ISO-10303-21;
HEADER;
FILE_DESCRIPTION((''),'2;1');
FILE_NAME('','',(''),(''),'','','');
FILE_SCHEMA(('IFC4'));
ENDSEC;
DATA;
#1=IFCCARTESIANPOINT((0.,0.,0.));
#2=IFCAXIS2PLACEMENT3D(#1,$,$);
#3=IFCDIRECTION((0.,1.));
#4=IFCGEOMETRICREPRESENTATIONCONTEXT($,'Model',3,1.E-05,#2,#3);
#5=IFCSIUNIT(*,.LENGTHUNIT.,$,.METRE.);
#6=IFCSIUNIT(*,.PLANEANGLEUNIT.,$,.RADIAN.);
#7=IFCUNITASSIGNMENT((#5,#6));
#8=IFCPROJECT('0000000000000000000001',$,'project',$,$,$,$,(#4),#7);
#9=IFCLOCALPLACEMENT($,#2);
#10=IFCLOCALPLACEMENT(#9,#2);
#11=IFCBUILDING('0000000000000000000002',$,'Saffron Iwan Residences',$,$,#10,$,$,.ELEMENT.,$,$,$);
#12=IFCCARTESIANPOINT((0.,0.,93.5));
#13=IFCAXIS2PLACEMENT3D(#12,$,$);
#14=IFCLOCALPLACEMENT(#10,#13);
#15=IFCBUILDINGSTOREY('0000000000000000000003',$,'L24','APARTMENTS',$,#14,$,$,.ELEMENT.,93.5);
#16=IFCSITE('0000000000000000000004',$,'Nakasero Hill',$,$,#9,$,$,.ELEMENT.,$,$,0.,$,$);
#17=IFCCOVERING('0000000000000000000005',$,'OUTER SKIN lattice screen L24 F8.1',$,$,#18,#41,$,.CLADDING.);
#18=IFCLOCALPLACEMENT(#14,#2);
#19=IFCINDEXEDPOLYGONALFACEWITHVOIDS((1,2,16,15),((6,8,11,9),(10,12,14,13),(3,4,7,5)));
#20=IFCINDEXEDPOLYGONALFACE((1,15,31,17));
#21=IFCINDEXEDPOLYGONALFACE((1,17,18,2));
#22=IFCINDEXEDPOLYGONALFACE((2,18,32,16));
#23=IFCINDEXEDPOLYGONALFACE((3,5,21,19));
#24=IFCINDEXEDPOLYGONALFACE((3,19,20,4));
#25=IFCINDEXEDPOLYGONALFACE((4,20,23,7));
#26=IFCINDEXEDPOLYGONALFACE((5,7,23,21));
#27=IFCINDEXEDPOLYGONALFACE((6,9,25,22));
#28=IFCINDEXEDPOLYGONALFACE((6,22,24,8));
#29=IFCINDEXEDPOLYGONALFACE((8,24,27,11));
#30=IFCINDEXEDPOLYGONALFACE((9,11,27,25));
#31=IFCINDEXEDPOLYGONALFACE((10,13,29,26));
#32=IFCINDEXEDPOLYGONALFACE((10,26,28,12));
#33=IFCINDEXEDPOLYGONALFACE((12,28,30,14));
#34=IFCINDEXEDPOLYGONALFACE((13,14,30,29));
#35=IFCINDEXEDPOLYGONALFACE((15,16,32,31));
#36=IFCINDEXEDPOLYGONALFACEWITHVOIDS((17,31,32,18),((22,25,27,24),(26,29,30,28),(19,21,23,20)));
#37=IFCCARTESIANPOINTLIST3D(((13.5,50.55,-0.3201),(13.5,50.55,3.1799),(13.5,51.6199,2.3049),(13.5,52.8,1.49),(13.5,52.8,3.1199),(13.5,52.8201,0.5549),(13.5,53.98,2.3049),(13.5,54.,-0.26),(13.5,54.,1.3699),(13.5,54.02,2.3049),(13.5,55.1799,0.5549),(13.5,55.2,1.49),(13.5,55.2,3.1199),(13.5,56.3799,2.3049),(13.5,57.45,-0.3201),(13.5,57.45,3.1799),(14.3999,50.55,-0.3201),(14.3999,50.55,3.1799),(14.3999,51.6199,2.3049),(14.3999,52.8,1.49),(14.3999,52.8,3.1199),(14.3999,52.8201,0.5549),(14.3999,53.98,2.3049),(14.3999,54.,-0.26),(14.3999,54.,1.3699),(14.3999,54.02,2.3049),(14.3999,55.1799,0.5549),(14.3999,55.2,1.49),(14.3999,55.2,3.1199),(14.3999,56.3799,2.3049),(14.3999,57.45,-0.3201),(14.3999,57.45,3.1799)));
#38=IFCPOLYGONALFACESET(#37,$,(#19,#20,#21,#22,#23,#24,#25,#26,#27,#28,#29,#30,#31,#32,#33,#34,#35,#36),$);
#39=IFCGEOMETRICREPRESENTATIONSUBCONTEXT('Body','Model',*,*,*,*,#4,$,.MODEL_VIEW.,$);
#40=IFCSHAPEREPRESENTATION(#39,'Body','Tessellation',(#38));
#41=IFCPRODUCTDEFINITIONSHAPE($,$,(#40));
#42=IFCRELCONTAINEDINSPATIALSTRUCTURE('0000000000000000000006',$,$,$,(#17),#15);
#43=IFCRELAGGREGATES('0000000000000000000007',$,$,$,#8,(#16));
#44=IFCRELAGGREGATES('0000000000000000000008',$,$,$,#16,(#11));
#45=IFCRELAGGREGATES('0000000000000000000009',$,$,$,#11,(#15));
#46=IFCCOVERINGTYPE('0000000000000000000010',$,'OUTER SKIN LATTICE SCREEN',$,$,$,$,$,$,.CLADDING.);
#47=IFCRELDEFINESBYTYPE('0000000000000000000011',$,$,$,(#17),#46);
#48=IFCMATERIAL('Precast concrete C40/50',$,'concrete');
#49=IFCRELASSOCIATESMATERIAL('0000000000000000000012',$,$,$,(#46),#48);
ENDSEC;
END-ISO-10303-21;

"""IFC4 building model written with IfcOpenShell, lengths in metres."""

from ifc_helpers import new_model, si_unit, direction, frame, origin, place, context, subcontext, project, spatial, polyline, outline, extrude, material, type_object, element, save


model = new_model("IFC4")

# Units and contexts
model_context = context("Model", 3, precision=1e-05, world=origin(), true_north=direction((0.0, 1.0)))
body_context = subcontext(model_context, "Body", "Model", "MODEL_VIEW")
ifc_project = project(units=[si_unit("LENGTHUNIT", "METRE"), si_unit("PLANEANGLEUNIT", "RADIAN")], contexts=[model_context])

# Site, building, storey
site_placement = place(None, origin())
site = spatial("IfcSite", under=ifc_project, at=site_placement, Name="Nakasero Hill", CompositionType="ELEMENT", RefElevation=0.0)
building_placement = place(site_placement, origin())
building = spatial("IfcBuilding", under=site, at=building_placement, Name="Saffron Iwan Residences", CompositionType="ELEMENT")
storey_placement = place(building_placement, frame((0.0, 0.0, 93.5)))
storey = spatial("IfcBuildingStorey", under=building, at=storey_placement, Name="L24", Description="APARTMENTS", CompositionType="ELEMENT", Elevation=93.5)

# Covering
ifc_material_1 = material(Name="Precast concrete C40/50", Category="concrete")
covering_type = type_object("IfcCoveringType", Name="OUTER SKIN LATTICE SCREEN", PredefinedType="CLADDING", material=ifc_material_1)
covering_placement = place(storey_placement, frame((14.3999, 57.45, -0.3201), z_axis=(-1.0, 0.0, 0.0), x_axis=(0.0, -1.0, 0.0)))
element("IfcCovering", 1, at=covering_placement, inside=storey, type_object=covering_type, Name="OUTER SKIN lattice screen L24 F8.1", PredefinedType="CLADDING", context=body_context, shape_type="SweptSolid", body=[
    extrude(outline(polyline([(0.0, 0.0), (6.8999, 0.0), (6.8999, 3.5), (0.0, 3.5), (0.0, 0.0)]), holes=[polyline([(2.27, 0.875), (3.45, 0.0601), (4.6299, 0.875), (3.45, 1.6899), (2.27, 0.875)]), polyline([(1.0701, 2.625), (2.25, 1.8101), (3.4299, 2.625), (2.25, 3.4399), (1.0701, 2.625)]), polyline([(3.47, 2.625), (4.6499, 1.8101), (5.8301, 2.625), (4.6499, 3.4399), (3.47, 2.625)])]), origin(), (0.0, 0.0, 1.0), 0.8999),
])

save(model, "model.ifc")
